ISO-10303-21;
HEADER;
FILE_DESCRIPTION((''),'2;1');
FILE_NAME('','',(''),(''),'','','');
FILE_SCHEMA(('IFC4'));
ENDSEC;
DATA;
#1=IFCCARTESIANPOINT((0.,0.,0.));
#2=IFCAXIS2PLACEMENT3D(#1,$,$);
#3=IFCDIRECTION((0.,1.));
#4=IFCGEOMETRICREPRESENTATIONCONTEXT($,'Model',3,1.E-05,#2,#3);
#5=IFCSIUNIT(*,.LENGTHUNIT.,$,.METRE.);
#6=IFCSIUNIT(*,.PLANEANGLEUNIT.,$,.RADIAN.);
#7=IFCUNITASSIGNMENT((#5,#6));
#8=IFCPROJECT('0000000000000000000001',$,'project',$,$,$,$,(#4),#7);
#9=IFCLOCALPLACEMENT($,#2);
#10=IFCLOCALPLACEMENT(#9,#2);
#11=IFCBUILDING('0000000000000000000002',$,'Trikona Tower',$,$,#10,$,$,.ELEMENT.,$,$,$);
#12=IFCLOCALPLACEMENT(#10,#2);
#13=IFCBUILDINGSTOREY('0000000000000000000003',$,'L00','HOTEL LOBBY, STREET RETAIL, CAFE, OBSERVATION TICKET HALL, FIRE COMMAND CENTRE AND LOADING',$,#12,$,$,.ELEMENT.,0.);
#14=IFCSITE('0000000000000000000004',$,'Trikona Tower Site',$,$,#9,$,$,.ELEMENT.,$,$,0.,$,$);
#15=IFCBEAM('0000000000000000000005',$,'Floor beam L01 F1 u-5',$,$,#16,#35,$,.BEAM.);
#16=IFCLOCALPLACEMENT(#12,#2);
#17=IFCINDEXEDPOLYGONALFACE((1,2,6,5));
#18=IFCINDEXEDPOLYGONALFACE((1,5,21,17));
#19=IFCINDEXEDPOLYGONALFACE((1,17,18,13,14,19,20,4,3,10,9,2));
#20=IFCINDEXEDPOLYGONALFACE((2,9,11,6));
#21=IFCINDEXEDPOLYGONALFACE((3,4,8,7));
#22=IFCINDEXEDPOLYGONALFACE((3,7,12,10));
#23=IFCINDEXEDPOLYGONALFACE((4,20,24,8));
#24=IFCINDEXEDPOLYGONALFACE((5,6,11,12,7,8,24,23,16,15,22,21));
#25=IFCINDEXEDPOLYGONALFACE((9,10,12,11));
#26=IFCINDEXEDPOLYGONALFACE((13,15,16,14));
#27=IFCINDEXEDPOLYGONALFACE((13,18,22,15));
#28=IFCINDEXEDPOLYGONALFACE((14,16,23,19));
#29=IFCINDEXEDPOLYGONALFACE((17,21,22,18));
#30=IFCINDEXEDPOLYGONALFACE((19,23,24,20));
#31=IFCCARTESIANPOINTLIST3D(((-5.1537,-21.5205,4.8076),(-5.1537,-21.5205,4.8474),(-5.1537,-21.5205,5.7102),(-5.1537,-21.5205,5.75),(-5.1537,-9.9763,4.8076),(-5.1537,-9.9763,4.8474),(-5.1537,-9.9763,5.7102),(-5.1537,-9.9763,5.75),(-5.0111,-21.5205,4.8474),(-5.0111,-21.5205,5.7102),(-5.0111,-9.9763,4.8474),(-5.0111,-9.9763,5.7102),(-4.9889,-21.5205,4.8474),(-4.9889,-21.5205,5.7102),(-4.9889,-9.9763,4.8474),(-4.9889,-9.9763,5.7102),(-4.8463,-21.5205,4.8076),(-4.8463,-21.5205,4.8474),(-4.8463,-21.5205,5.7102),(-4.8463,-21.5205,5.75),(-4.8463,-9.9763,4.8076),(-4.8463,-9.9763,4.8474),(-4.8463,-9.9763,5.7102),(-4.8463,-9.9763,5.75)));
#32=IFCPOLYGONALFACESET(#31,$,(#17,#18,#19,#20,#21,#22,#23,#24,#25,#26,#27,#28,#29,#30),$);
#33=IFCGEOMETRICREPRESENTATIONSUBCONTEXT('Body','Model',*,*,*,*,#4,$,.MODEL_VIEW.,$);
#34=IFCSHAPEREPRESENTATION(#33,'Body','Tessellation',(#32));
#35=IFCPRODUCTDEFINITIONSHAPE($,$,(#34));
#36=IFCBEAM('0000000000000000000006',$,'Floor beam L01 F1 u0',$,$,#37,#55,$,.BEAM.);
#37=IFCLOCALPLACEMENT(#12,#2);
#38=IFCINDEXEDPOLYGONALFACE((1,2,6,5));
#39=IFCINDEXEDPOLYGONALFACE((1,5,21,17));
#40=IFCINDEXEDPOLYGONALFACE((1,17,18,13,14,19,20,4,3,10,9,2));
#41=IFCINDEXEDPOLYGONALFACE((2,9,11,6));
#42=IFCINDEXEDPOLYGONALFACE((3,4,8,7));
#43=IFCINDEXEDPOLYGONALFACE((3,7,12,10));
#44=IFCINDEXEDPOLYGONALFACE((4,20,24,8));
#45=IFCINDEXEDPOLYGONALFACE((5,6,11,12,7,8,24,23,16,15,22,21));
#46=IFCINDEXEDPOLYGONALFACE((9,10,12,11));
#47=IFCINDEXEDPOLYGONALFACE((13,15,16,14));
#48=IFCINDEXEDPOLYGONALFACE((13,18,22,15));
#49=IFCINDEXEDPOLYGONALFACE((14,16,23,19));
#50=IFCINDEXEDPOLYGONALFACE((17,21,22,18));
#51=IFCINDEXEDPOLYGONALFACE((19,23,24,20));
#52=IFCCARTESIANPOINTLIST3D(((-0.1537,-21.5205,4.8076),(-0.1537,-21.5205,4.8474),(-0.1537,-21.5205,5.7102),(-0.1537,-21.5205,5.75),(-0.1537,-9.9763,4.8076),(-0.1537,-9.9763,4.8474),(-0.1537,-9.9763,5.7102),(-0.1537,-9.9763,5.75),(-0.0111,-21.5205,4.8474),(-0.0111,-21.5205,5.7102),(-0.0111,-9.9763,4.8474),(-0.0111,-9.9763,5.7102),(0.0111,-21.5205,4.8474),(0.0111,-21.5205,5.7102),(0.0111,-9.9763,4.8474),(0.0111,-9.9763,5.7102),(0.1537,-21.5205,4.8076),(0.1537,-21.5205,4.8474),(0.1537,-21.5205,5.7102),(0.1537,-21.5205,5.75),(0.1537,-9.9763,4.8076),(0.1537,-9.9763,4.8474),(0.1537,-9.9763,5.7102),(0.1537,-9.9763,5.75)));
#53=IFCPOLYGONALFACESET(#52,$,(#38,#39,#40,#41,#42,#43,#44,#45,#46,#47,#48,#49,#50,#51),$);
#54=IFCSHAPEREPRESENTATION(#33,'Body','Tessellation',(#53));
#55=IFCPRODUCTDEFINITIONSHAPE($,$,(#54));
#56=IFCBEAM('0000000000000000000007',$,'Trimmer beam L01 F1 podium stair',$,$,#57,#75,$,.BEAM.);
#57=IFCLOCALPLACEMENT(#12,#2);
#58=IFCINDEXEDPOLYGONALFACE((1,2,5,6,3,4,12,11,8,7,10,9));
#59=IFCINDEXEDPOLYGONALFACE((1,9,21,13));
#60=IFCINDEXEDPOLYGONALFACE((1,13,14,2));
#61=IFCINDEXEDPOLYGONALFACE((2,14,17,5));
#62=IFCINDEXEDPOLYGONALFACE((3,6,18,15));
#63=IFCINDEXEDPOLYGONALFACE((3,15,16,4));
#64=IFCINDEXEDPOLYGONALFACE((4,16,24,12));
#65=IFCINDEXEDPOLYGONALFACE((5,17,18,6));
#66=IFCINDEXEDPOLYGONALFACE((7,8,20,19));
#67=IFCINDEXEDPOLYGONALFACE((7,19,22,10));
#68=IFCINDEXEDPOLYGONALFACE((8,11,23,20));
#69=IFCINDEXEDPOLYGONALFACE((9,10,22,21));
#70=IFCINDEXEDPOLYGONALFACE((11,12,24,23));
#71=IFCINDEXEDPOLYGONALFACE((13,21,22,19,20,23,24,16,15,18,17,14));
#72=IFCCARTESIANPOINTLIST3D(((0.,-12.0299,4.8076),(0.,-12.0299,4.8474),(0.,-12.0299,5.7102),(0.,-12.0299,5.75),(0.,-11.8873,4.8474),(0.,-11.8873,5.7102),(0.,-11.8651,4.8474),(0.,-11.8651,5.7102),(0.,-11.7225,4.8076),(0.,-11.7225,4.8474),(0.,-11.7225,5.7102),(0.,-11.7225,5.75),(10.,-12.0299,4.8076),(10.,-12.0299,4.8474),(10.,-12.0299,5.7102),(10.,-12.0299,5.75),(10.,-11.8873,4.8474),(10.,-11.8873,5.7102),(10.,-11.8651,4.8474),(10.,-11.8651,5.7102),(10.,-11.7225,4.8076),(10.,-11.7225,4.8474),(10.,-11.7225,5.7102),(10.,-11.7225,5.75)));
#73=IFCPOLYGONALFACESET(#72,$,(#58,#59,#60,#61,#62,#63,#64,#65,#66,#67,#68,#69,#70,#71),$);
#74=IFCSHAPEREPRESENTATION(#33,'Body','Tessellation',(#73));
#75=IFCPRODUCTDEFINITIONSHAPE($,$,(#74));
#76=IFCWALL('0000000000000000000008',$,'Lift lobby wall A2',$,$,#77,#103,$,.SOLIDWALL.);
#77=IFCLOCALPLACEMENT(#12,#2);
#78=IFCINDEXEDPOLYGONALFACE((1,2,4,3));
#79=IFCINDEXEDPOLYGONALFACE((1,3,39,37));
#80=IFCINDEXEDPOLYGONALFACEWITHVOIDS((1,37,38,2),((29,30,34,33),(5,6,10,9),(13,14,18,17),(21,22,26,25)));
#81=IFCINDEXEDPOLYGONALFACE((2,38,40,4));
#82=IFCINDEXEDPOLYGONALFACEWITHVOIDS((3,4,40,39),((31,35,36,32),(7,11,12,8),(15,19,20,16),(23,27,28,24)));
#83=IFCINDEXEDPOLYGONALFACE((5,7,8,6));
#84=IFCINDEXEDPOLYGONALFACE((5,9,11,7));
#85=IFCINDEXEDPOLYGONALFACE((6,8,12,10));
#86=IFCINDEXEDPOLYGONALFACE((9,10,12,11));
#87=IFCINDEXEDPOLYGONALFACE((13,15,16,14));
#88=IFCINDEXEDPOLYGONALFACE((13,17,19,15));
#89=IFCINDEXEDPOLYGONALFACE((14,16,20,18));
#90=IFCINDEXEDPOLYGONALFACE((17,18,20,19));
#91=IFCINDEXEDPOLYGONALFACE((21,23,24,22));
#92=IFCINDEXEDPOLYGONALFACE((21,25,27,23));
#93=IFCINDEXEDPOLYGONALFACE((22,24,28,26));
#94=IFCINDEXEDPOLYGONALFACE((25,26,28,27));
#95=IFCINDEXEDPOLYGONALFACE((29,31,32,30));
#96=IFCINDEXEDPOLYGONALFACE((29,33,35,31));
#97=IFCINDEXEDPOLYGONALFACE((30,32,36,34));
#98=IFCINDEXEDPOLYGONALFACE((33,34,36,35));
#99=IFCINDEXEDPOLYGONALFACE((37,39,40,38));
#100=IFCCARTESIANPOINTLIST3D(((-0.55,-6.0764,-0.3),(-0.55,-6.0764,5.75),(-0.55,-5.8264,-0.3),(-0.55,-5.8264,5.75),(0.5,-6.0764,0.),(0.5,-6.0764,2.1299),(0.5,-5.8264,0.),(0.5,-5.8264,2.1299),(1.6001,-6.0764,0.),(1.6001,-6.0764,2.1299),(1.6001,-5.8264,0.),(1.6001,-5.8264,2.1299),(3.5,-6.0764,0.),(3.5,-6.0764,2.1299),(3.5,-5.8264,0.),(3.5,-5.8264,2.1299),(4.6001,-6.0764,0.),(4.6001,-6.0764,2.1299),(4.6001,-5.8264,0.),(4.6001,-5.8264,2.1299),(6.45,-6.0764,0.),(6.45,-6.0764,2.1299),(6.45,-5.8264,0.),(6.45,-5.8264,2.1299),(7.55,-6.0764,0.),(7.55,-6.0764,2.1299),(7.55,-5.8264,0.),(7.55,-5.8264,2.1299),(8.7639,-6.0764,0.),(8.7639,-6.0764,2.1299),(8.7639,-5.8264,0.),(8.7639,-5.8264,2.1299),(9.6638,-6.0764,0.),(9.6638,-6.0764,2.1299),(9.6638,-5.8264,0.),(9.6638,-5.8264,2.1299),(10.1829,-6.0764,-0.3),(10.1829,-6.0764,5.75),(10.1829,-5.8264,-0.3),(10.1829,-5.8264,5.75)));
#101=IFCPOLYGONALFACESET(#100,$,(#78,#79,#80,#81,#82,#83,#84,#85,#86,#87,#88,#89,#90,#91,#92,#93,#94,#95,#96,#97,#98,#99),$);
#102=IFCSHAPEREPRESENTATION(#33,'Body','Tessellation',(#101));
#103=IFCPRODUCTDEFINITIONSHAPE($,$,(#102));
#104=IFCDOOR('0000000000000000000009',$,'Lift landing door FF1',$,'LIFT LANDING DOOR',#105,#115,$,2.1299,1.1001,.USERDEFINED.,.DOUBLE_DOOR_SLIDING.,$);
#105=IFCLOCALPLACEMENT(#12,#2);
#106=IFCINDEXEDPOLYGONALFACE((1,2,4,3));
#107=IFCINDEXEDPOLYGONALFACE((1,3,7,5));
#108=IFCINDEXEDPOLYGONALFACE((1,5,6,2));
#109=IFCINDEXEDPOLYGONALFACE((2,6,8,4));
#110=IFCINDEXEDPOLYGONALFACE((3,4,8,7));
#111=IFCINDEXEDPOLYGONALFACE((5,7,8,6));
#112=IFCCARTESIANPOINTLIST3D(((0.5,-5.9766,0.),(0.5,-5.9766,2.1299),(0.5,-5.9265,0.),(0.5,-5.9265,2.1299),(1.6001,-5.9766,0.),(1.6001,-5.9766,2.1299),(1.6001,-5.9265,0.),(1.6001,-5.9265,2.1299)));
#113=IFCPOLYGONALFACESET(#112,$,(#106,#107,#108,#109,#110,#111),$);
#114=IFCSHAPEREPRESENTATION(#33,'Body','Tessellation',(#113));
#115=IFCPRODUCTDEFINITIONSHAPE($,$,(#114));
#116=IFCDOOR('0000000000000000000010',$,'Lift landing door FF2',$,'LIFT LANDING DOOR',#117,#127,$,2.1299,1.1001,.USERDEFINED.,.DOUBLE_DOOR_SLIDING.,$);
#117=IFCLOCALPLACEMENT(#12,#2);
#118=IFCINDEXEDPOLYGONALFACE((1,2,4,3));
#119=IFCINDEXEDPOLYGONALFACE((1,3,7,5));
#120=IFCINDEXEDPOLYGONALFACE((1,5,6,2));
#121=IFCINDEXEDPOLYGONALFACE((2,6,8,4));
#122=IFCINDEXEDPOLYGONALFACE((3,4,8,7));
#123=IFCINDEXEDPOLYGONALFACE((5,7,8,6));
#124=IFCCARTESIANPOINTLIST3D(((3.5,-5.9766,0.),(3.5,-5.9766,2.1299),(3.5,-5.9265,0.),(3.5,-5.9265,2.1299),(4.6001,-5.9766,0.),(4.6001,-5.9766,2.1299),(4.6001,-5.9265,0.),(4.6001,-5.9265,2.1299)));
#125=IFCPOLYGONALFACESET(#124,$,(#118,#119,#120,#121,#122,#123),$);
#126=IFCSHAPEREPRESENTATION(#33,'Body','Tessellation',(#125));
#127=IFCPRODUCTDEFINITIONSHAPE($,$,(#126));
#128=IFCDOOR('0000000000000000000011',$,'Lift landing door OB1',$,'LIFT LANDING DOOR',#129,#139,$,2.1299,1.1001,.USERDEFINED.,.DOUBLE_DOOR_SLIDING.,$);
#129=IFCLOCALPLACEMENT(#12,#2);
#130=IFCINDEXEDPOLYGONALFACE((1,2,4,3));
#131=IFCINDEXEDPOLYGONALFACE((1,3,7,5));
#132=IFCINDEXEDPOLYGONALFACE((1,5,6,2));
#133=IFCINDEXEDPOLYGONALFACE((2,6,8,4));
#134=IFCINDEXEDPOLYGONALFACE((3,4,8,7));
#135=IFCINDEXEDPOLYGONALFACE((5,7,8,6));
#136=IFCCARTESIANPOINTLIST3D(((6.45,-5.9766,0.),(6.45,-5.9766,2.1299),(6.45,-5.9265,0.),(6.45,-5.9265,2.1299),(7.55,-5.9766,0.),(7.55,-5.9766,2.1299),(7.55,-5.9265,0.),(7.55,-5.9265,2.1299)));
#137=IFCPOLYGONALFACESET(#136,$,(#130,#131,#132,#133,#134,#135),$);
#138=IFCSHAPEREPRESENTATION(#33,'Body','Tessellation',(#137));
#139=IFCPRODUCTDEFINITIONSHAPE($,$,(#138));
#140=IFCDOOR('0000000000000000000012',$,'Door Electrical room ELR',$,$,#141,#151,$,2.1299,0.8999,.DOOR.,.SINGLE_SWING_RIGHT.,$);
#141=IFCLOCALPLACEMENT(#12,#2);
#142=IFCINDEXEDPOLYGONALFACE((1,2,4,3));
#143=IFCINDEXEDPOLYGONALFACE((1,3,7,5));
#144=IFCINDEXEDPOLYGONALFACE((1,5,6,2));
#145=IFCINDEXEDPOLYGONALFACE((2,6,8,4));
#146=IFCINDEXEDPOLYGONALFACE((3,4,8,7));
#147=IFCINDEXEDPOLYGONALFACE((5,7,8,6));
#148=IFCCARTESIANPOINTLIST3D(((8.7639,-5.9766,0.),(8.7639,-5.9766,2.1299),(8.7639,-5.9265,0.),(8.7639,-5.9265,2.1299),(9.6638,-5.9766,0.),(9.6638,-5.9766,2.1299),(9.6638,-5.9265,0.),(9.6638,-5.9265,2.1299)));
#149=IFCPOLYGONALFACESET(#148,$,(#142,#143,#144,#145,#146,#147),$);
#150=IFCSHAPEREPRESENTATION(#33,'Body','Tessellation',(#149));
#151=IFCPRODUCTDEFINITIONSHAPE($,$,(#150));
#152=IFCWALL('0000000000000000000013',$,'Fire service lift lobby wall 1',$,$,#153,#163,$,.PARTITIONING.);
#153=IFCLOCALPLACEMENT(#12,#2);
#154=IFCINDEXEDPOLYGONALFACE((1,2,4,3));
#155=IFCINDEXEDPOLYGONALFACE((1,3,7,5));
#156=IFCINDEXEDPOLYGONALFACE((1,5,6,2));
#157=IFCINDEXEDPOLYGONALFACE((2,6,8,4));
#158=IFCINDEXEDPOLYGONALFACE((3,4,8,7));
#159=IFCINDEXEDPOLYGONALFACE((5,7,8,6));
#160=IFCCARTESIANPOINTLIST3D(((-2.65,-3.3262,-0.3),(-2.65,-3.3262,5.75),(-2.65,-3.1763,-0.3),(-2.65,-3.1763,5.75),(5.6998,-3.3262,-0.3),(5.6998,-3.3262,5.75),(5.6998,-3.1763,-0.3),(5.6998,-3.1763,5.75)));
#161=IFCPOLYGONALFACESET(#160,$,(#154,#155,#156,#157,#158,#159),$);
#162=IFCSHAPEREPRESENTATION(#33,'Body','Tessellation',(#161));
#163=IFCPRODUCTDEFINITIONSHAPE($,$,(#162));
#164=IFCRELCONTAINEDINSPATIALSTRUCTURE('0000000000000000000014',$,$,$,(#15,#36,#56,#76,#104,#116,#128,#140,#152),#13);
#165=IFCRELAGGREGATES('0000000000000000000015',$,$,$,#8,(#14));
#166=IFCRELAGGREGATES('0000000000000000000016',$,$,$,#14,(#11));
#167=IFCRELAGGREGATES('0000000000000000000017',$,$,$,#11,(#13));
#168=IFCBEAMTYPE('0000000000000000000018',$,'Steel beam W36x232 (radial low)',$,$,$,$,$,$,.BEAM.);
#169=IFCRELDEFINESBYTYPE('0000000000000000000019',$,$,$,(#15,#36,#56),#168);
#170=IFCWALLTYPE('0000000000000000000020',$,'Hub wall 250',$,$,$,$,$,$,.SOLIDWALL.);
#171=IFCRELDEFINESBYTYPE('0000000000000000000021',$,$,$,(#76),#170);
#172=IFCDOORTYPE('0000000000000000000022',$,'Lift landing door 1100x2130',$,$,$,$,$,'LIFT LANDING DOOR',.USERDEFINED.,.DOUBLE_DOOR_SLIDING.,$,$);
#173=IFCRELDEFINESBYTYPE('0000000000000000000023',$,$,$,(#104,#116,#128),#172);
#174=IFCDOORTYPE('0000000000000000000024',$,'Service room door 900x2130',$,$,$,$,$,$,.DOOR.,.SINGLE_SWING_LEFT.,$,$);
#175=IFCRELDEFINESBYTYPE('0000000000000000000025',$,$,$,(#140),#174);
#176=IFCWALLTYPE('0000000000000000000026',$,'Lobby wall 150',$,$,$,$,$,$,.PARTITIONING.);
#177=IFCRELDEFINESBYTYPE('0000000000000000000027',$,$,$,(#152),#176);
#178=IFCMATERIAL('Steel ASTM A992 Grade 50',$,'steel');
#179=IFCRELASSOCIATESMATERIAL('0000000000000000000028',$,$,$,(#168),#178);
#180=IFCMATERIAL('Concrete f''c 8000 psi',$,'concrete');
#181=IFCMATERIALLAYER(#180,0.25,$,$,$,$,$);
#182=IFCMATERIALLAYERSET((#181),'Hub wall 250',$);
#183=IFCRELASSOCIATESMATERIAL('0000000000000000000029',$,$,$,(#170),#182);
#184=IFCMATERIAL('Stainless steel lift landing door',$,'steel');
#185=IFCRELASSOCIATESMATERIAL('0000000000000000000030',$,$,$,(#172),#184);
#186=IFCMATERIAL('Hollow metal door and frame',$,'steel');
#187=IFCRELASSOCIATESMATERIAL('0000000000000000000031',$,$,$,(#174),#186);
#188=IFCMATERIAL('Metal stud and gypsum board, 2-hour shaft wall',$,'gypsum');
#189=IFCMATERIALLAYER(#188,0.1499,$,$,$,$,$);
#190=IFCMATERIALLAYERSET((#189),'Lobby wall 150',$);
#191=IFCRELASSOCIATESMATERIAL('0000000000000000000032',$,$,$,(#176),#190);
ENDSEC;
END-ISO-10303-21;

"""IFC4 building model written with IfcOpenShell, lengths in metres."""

from ifc_helpers import new_model, si_unit, direction, frame, frame_2d, origin, origin_2d, place, context, subcontext, project, spatial, rectangle, i_section, extrude, material, layer, layer_set, material_profile, profile_set, type_object, element, fill, save


model = new_model("IFC4")

# Units and contexts
model_context = context("Model", 3, precision=1e-05, world=origin(), true_north=direction((0.0, 1.0)))
body_context = subcontext(model_context, "Body", "Model", "MODEL_VIEW")
ifc_project = project(units=[si_unit("LENGTHUNIT", "METRE"), si_unit("PLANEANGLEUNIT", "RADIAN")], contexts=[model_context])

# Site, building, storey
site_placement = place(None, origin())
site = spatial("IfcSite", under=ifc_project, at=site_placement, Name="Trikona Tower Site", CompositionType="ELEMENT", RefElevation=0.0)
building_placement = place(site_placement, origin())
building = spatial("IfcBuilding", under=site, at=building_placement, Name="Trikona Tower", CompositionType="ELEMENT")
storey_placement = place(building_placement, origin())
storey = spatial("IfcBuildingStorey", under=building, at=storey_placement, Name="L00", Description="HOTEL LOBBY, STREET RETAIL, CAFE, OBSERVATION TICKET HALL, FIRE COMMAND CENTRE AND LOADING", CompositionType="ELEMENT", Elevation=0.0)

# Beams
ifc_material_1 = material(Name="Steel ASTM A992 Grade 50", Category="steel")
ifc_material_profile = material_profile(ifc_material_1, i_section(OverallWidth=0.3074, OverallDepth=0.9424, WebThickness=0.0222, FlangeThickness=0.0398, at=origin_2d()), Name="W36X232")
ifc_profile_set = profile_set([ifc_material_profile], Name="Steel ASTM A992 Grade 50")
beam_type = type_object("IfcBeamType", Name="Steel beam W36x232 (radial low)", PredefinedType="BEAM", material=ifc_profile_set)
for number, where, z_axis, x_axis, name in (
    (1, (-5.0, -9.9763, 5.2788), (0.0, -1.0, 0.0), (1.0, 0.0, 0.0), "Floor beam L01 F1 u-5"),
    (2, (0.0, -9.9763, 5.2788), (0.0, -1.0, 0.0), (1.0, 0.0, 0.0), "Floor beam L01 F1 u0"),
):
    element("IfcBeam", number, at=place(storey_placement, frame(where, z_axis=z_axis, x_axis=x_axis)), inside=storey, type_object=beam_type, Name=name, PredefinedType="BEAM", context=body_context, shape_type="SweptSolid", body=[
        extrude(i_section(OverallWidth=0.3074, OverallDepth=0.9424, WebThickness=0.0222, FlangeThickness=0.0398, at=origin_2d()), origin(), (0.0, 0.0, 1.0), 11.5442),
    ])
beam_placement = place(storey_placement, frame((0.0, -11.8762, 5.2788), z_axis=(1.0, 0.0, 0.0), x_axis=(0.0, 1.0, 0.0)))
element("IfcBeam", 3, at=beam_placement, inside=storey, type_object=beam_type, Name="Trimmer beam L01 F1 podium stair", PredefinedType="BEAM", context=body_context, shape_type="SweptSolid", body=[
    extrude(i_section(OverallWidth=0.3074, OverallDepth=0.9424, WebThickness=0.0222, FlangeThickness=0.0398, at=origin_2d()), origin(), (0.0, 0.0, 1.0), 10.0),
])

# Wall, openings, doors
ifc_material_2 = material(Name="Concrete f'c 8000 psi", Category="concrete")
ifc_layer_1 = layer(ifc_material_2, 0.25)
ifc_layer_set_1 = layer_set([ifc_layer_1], Name="Hub wall 250")
wall_type_1 = type_object("IfcWallType", Name="Hub wall 250", PredefinedType="SOLIDWALL", material=ifc_layer_set_1)
wall_1_placement = place(storey_placement, frame((-0.55, -5.9514, -0.3), z_axis=(0.0, 0.0, 1.0), x_axis=(1.0, 0.0, 0.0)))
wall_1 = element("IfcWall", 4, at=wall_1_placement, inside=storey, type_object=wall_type_1, Name="Lift lobby wall A2", PredefinedType="SOLIDWALL", context=body_context, shape_type="SweptSolid", body=[
    extrude(rectangle(XDim=10.7329, YDim=0.25, at=frame_2d((5.3665, 0.0))), origin(), (0.0, 0.0, 1.0), 6.05),
])
opening_1_placement = place(wall_1_placement, frame((9.314, 0.0, 0.3)))
opening_1 = element("IfcOpeningElement", 5, at=opening_1_placement, cuts=wall_1, PredefinedType="OPENING", context=body_context, shape_type="SweptSolid", body=[
    extrude(rectangle(XDim=0.8999, YDim=2.1299, at=frame_2d((0.45, 1.0649))), frame((0.0, 0.135, 0.0), z_axis=(0.0, -1.0, 0.0), x_axis=(1.0, 0.0, 0.0)), (0.0, 0.0, 1.0), 0.27),
])
opening_2_placement = place(wall_1_placement, frame((1.05, 0.0, 0.3)))
opening_2 = element("IfcOpeningElement", 6, at=opening_2_placement, cuts=wall_1, PredefinedType="OPENING", context=body_context, shape_type="SweptSolid", body=[
    extrude(rectangle(XDim=1.1001, YDim=2.1299, at=frame_2d((0.55, 1.0649))), frame((0.0, 0.135, 0.0), z_axis=(0.0, -1.0, 0.0), x_axis=(1.0, 0.0, 0.0)), (0.0, 0.0, 1.0), 0.27),
])
opening_3_placement = place(wall_1_placement, frame((4.05, 0.0, 0.3)))
opening_3 = element("IfcOpeningElement", 7, at=opening_3_placement, cuts=wall_1, PredefinedType="OPENING", context=body_context, shape_type="SweptSolid", body=[
    extrude(rectangle(XDim=1.1001, YDim=2.1299, at=frame_2d((0.55, 1.0649))), frame((0.0, 0.135, 0.0), z_axis=(0.0, -1.0, 0.0), x_axis=(1.0, 0.0, 0.0)), (0.0, 0.0, 1.0), 0.27),
])
opening_4_placement = place(wall_1_placement, frame((7.0, 0.0, 0.3)))
opening_4 = element("IfcOpeningElement", 8, at=opening_4_placement, cuts=wall_1, PredefinedType="OPENING", context=body_context, shape_type="SweptSolid", body=[
    extrude(rectangle(XDim=1.1001, YDim=2.1299, at=frame_2d((0.55, 1.0649))), frame((0.0, 0.135, 0.0), z_axis=(0.0, -1.0, 0.0), x_axis=(1.0, 0.0, 0.0)), (0.0, 0.0, 1.0), 0.27),
])
ifc_material_3 = material(Name="Stainless steel lift landing door", Category="steel")
door_type_1 = type_object("IfcDoorType", Name="Lift landing door 1100x2130", ElementType="LIFT LANDING DOOR", OperationType="DOUBLE_DOOR_SLIDING", PredefinedType="USERDEFINED", material=ifc_material_3)
door_1_placement = place(opening_2_placement, origin())
door_1 = element("IfcDoor", 9, at=door_1_placement, inside=storey, type_object=door_type_1, Name="Lift landing door FF1", ObjectType="LIFT LANDING DOOR", OperationType="DOUBLE_DOOR_SLIDING", OverallHeight=2.1299, OverallWidth=1.1001, PredefinedType="USERDEFINED", context=body_context, shape_type="SweptSolid", body=[
    extrude(rectangle(XDim=1.1001, YDim=2.1299, at=frame_2d((0.55, 1.0649))), frame((0.0, 0.0249, 0.0), z_axis=(0.0, -1.0, 0.0), x_axis=(1.0, 0.0, 0.0)), (0.0, 0.0, 1.0), 0.05),
])
fill(opening_2, door_1)
door_2_placement = place(opening_3_placement, origin())
door_2 = element("IfcDoor", 10, at=door_2_placement, inside=storey, type_object=door_type_1, Name="Lift landing door FF2", ObjectType="LIFT LANDING DOOR", OperationType="DOUBLE_DOOR_SLIDING", OverallHeight=2.1299, OverallWidth=1.1001, PredefinedType="USERDEFINED", context=body_context, shape_type="SweptSolid", body=[
    extrude(rectangle(XDim=1.1001, YDim=2.1299, at=frame_2d((0.55, 1.0649))), frame((0.0, 0.0249, 0.0), z_axis=(0.0, -1.0, 0.0), x_axis=(1.0, 0.0, 0.0)), (0.0, 0.0, 1.0), 0.05),
])
fill(opening_3, door_2)
door_3_placement = place(opening_4_placement, origin())
door_3 = element("IfcDoor", 11, at=door_3_placement, inside=storey, type_object=door_type_1, Name="Lift landing door OB1", ObjectType="LIFT LANDING DOOR", OperationType="DOUBLE_DOOR_SLIDING", OverallHeight=2.1299, OverallWidth=1.1001, PredefinedType="USERDEFINED", context=body_context, shape_type="SweptSolid", body=[
    extrude(rectangle(XDim=1.1001, YDim=2.1299, at=frame_2d((0.55, 1.0649))), frame((0.0, 0.0249, 0.0), z_axis=(0.0, -1.0, 0.0), x_axis=(1.0, 0.0, 0.0)), (0.0, 0.0, 1.0), 0.05),
])
fill(opening_4, door_3)
ifc_material_4 = material(Name="Hollow metal door and frame", Category="steel")
door_type_2 = type_object("IfcDoorType", Name="Service room door 900x2130", OperationType="SINGLE_SWING_LEFT", PredefinedType="DOOR", material=ifc_material_4)
door_4_placement = place(opening_1_placement, origin())
door_4 = element("IfcDoor", 12, at=door_4_placement, inside=storey, type_object=door_type_2, Name="Door Electrical room ELR", OperationType="SINGLE_SWING_RIGHT", OverallHeight=2.1299, OverallWidth=0.8999, PredefinedType="DOOR", context=body_context, shape_type="SweptSolid", body=[
    extrude(rectangle(XDim=0.8999, YDim=2.1299, at=frame_2d((0.45, 1.0649))), frame((0.0, 0.0249, 0.0), z_axis=(0.0, -1.0, 0.0), x_axis=(1.0, 0.0, 0.0)), (0.0, 0.0, 1.0), 0.05),
])
fill(opening_1, door_4)

# Wall
ifc_material_5 = material(Name="Metal stud and gypsum board, 2-hour shaft wall", Category="gypsum")
ifc_layer_2 = layer(ifc_material_5, 0.1499)
ifc_layer_set_2 = layer_set([ifc_layer_2], Name="Lobby wall 150")
wall_type_2 = type_object("IfcWallType", Name="Lobby wall 150", PredefinedType="PARTITIONING", material=ifc_layer_set_2)
wall_2_placement = place(storey_placement, frame((-2.6499, -3.2512, -0.3), z_axis=(0.0, 0.0, 1.0), x_axis=(1.0, 0.0, 0.0)))
element("IfcWall", 13, at=wall_2_placement, inside=storey, type_object=wall_type_2, Name="Fire service lift lobby wall 1", PredefinedType="PARTITIONING", context=body_context, shape_type="SweptSolid", body=[
    extrude(rectangle(XDim=8.3499, YDim=0.1499, at=frame_2d((4.1748, 0.0))), origin(), (0.0, 0.0, 1.0), 6.05),
])

save(model, "model.ifc")
